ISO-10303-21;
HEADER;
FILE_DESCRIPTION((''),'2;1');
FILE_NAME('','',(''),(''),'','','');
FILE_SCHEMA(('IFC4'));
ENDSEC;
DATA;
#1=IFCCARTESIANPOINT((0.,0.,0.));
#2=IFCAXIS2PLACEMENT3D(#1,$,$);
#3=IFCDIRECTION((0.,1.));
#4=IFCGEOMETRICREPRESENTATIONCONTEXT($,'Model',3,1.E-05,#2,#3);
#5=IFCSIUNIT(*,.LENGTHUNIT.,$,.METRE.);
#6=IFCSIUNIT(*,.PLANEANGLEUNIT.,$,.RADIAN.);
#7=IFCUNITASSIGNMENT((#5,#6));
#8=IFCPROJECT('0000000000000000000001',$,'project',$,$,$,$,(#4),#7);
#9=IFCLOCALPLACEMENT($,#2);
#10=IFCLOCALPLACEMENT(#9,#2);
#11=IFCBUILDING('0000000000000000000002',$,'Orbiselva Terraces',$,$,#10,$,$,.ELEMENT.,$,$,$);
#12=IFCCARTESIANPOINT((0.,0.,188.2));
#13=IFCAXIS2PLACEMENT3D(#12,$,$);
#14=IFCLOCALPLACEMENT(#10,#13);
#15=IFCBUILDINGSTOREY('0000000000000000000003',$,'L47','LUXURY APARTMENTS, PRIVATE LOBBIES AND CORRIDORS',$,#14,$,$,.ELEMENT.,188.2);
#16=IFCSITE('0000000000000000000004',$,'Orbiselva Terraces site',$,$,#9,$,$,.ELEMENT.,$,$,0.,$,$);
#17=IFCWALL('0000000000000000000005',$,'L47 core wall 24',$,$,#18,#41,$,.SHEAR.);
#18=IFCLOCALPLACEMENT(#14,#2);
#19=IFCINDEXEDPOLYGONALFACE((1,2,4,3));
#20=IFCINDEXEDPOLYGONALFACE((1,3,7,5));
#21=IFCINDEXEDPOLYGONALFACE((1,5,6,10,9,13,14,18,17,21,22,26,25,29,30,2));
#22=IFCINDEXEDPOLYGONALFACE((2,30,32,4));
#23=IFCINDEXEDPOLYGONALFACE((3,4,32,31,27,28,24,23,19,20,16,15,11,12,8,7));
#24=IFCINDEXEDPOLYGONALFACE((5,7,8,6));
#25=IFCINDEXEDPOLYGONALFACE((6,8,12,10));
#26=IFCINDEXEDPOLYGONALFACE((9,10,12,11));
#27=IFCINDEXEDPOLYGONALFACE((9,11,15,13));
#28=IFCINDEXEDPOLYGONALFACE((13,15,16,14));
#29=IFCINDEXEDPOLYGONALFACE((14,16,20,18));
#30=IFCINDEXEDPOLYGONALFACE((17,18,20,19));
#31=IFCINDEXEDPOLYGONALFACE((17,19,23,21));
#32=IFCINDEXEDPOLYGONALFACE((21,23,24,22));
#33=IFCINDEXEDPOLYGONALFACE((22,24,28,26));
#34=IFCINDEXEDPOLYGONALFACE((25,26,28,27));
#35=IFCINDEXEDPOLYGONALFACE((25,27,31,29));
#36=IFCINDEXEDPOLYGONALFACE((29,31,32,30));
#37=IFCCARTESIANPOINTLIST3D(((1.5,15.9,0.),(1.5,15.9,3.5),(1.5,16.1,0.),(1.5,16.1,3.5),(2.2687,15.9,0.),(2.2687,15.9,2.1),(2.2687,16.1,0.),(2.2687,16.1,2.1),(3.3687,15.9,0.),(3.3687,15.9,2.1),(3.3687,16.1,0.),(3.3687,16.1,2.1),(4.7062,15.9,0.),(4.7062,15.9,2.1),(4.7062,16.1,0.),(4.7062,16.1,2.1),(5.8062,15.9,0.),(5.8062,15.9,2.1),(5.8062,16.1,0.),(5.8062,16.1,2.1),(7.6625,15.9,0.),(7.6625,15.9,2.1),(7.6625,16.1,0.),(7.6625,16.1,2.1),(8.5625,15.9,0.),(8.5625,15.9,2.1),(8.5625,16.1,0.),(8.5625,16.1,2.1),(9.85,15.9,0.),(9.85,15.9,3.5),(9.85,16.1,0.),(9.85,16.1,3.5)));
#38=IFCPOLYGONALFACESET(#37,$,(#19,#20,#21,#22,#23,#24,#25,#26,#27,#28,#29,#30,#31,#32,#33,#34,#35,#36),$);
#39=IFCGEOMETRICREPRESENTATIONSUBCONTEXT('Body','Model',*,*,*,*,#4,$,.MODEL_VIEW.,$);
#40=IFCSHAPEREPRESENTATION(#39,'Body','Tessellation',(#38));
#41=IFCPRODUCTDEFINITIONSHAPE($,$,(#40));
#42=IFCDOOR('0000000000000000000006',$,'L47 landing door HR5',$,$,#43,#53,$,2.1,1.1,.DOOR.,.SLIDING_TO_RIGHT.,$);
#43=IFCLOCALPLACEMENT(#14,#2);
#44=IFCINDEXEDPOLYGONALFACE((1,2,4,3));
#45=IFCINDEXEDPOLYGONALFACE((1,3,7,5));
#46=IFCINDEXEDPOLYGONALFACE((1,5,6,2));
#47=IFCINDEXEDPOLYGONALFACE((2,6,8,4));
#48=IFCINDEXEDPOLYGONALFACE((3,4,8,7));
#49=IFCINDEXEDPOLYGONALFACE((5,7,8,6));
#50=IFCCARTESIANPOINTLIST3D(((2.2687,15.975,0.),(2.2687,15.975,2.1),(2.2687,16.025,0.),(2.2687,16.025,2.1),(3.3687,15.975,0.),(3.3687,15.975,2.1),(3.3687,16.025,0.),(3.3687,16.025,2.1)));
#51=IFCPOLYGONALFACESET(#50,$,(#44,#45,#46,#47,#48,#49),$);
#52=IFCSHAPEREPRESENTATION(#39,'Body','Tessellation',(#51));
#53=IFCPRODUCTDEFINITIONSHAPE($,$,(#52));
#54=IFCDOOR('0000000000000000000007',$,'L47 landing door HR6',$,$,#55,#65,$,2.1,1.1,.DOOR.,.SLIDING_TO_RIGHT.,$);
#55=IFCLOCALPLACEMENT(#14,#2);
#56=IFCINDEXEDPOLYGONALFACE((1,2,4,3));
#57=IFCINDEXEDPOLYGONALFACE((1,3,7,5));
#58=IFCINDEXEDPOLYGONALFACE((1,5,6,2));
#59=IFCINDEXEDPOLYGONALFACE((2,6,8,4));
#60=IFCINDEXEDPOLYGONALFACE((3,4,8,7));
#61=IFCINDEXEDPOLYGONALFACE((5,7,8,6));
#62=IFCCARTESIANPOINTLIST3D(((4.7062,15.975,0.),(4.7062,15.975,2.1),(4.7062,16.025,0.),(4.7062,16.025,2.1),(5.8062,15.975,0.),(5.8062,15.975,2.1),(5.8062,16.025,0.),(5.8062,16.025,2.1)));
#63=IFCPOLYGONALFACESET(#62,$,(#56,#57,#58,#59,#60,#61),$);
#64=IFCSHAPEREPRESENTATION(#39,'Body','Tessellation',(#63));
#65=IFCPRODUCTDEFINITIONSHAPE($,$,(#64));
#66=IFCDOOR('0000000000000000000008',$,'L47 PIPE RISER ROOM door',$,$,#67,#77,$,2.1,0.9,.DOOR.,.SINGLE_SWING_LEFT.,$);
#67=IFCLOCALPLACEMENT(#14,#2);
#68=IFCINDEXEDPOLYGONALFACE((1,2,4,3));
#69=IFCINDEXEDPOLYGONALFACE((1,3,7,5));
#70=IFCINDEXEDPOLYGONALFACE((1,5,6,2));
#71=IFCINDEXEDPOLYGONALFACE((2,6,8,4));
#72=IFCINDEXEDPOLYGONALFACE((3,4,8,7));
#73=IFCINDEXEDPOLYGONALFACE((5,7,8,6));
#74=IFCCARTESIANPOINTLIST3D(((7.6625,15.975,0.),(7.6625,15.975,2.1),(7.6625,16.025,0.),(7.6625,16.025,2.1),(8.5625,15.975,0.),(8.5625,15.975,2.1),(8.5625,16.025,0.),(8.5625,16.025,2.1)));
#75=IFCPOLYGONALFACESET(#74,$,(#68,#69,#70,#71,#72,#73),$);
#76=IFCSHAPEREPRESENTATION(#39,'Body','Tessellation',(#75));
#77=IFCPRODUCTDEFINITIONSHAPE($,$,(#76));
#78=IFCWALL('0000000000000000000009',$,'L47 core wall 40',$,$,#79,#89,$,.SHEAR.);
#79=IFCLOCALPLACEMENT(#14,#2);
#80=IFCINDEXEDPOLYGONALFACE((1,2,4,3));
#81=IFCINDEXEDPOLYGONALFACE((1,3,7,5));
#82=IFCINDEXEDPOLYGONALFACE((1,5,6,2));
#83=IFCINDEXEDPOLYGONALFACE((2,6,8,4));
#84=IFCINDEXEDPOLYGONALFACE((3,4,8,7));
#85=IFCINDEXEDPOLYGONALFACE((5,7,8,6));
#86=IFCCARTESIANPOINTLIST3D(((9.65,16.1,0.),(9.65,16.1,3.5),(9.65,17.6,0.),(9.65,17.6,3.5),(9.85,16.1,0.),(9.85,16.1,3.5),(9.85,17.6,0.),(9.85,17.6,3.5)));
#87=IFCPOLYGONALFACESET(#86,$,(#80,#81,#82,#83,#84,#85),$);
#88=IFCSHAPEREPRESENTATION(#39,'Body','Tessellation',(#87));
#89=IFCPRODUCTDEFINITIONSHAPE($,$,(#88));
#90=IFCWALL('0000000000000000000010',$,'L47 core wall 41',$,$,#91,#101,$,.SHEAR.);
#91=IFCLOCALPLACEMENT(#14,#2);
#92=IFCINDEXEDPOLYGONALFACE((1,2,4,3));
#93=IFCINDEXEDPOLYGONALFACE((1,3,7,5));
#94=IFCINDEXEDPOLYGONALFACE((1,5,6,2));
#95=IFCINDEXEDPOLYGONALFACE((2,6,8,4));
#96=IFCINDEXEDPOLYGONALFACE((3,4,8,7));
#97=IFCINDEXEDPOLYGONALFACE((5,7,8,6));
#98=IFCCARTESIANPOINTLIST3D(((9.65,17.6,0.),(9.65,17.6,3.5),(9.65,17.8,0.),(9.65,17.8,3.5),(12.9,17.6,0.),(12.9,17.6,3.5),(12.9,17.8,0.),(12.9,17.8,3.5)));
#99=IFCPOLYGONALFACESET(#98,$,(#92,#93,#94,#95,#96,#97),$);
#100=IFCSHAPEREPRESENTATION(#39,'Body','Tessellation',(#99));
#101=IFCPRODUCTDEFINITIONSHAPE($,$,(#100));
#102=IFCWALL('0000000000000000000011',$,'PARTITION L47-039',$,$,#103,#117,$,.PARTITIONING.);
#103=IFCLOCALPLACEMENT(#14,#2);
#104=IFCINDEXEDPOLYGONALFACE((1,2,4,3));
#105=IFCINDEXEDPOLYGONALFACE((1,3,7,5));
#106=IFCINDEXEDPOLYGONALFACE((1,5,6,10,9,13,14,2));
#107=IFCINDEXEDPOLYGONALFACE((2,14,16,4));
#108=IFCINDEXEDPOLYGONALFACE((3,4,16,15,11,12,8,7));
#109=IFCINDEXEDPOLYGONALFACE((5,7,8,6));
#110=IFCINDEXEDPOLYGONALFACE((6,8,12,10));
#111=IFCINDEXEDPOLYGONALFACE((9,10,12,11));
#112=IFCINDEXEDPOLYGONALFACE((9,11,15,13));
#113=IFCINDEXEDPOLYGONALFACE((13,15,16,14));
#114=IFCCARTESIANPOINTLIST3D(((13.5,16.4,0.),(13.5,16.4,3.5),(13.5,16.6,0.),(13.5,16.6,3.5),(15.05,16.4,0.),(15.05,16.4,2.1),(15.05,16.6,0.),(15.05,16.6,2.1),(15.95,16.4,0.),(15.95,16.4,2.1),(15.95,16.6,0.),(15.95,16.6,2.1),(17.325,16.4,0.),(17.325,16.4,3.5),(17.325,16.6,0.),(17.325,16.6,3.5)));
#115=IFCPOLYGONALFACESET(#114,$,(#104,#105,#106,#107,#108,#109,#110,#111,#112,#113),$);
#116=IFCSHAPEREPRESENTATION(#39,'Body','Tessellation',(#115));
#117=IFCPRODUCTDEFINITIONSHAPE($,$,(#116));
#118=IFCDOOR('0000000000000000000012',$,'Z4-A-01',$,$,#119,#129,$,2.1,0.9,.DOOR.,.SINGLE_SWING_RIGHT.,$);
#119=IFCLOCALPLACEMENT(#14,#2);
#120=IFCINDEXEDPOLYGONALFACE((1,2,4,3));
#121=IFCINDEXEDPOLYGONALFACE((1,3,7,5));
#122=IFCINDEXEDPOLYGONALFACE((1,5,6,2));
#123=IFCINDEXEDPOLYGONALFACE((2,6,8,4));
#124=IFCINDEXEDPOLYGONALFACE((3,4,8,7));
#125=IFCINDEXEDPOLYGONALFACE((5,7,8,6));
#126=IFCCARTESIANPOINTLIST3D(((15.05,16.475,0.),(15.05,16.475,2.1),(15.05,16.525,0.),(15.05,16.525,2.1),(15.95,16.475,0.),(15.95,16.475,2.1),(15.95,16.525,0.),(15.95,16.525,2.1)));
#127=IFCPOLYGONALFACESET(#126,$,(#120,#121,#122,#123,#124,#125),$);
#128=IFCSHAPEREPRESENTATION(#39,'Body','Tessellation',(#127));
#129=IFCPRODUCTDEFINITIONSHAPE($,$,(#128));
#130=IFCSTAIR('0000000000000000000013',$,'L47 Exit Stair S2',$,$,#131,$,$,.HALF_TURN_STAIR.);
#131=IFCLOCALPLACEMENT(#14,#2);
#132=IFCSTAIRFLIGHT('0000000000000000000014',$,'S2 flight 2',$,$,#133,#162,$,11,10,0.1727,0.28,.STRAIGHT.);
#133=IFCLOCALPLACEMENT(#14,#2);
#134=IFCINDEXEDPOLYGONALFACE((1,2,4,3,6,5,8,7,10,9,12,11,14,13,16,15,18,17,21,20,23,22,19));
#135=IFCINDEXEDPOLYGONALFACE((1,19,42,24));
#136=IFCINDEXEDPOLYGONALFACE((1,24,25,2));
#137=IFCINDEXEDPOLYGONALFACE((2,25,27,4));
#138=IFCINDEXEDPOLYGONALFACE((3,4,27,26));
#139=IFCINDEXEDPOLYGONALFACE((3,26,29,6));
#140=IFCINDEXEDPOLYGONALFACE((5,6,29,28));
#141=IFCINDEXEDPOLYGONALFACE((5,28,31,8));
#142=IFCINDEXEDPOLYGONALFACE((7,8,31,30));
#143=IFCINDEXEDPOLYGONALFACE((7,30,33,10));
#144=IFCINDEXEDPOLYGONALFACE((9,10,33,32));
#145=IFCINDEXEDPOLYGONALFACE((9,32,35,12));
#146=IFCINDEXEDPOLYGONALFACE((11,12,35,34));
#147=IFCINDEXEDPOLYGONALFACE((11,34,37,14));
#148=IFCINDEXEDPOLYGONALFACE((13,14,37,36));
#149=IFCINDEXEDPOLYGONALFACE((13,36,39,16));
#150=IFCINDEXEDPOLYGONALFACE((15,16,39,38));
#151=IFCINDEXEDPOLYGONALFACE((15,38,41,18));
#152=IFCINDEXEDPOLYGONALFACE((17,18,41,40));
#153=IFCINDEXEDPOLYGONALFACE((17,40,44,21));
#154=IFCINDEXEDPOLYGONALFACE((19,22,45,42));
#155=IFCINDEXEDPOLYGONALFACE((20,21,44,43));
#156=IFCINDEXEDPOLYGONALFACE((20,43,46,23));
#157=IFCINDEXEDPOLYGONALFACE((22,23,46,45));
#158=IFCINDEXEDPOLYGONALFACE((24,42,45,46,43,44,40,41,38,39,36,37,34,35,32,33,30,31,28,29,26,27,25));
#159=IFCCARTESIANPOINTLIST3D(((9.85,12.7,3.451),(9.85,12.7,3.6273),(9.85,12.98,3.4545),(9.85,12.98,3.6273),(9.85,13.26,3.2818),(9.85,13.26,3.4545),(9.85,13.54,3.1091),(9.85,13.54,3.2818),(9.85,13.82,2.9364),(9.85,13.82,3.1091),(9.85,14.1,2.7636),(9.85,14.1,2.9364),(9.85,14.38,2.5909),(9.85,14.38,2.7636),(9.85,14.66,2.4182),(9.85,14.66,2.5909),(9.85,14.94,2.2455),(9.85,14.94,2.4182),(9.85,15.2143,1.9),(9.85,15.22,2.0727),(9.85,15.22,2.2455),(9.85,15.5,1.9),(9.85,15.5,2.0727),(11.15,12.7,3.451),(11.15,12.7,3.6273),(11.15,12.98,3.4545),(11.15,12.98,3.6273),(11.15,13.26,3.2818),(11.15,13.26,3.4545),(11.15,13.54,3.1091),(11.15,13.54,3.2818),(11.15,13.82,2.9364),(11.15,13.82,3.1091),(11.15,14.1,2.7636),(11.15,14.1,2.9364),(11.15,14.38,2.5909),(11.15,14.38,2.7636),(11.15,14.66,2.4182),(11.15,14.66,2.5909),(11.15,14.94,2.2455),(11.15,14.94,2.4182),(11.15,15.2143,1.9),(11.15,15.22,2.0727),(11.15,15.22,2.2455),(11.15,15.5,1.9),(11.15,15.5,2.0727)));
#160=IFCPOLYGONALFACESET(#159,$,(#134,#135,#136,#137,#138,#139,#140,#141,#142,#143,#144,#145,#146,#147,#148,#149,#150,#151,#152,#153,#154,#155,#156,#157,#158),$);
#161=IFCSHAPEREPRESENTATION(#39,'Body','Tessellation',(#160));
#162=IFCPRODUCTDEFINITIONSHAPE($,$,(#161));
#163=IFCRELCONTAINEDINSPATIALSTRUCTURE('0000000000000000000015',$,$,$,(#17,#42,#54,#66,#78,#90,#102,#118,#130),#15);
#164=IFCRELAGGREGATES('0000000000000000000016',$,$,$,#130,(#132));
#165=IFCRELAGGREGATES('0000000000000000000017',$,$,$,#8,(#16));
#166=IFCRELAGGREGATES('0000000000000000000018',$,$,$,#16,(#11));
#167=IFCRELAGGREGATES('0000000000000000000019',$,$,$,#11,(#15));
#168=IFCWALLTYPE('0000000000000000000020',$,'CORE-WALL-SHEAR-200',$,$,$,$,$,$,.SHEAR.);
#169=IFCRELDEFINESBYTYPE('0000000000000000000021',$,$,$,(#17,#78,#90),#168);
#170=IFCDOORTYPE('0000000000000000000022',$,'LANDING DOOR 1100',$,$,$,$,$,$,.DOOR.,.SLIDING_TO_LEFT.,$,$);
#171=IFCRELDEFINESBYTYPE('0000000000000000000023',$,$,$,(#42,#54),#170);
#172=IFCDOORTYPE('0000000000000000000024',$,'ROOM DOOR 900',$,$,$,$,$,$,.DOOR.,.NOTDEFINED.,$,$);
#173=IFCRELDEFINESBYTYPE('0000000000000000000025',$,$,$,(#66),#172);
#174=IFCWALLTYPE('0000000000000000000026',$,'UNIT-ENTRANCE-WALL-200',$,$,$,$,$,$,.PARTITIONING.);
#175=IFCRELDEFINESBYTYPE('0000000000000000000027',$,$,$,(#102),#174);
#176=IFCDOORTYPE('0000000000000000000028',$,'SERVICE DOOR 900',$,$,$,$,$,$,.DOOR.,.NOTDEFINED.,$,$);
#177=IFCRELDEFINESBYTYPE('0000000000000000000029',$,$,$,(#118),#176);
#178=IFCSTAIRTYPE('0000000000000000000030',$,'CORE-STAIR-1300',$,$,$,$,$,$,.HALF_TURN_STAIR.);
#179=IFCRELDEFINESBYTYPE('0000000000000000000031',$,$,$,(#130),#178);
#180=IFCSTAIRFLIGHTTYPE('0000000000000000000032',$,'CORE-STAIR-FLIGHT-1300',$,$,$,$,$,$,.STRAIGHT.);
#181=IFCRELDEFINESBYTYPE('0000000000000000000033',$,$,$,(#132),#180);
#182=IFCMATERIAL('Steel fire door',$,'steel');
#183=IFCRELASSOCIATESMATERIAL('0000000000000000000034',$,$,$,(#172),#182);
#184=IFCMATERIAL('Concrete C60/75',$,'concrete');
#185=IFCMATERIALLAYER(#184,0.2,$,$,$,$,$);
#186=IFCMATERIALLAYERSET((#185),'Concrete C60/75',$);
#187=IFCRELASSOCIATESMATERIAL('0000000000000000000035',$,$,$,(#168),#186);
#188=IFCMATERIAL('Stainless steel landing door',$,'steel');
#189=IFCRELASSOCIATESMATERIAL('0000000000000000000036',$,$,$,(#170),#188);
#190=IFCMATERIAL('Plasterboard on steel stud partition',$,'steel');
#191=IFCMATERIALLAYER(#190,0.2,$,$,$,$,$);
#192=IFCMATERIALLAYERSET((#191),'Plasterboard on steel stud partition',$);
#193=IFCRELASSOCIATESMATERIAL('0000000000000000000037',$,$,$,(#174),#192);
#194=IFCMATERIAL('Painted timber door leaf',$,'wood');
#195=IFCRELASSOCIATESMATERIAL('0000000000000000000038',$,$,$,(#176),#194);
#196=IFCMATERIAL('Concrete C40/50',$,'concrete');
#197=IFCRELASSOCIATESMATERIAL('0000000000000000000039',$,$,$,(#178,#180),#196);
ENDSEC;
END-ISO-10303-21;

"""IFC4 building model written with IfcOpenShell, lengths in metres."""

from ifc_helpers import new_model, si_unit, direction, frame, frame_2d, origin, place, context, subcontext, project, spatial, polyline, rectangle, outline, extrude, material, layer, layer_set, type_object, element, fill, aggregate, save


model = new_model("IFC4")

# Units and contexts
model_context = context("Model", 3, precision=1e-05, world=origin(), true_north=direction((0.0, 1.0)))
body_context = subcontext(model_context, "Body", "Model", "MODEL_VIEW")
ifc_project = project(units=[si_unit("LENGTHUNIT", "METRE"), si_unit("PLANEANGLEUNIT", "RADIAN")], contexts=[model_context])

# Site, building, storey
site_placement = place(None, origin())
site = spatial("IfcSite", under=ifc_project, at=site_placement, Name="Orbiselva Terraces site", CompositionType="ELEMENT", RefElevation=0.0)
building_placement = place(site_placement, origin())
building = spatial("IfcBuilding", under=site, at=building_placement, Name="Orbiselva Terraces", CompositionType="ELEMENT")
storey_placement = place(building_placement, frame((0.0, 0.0, 188.2)))
storey = spatial("IfcBuildingStorey", under=building, at=storey_placement, Name="L47", Description="LUXURY APARTMENTS, PRIVATE LOBBIES AND CORRIDORS", CompositionType="ELEMENT", Elevation=188.2)

# Shared definitions
ifc_material_1 = material(Name="Steel fire door", Category="steel")
door_type_1 = type_object("IfcDoorType", Name="ROOM DOOR 900", OperationType="NOTDEFINED", PredefinedType="DOOR", material=ifc_material_1)

# Shared definitions
ifc_material_2 = material(Name="Concrete C40/50", Category="concrete")
ifc_material_3 = material(Name="Concrete C60/75", Category="concrete")
ifc_layer_1 = layer(ifc_material_3, 0.2)
ifc_layer_set_1 = layer_set([ifc_layer_1], Name="Concrete C60/75")
wall_type_1 = type_object("IfcWallType", Name="CORE-WALL-SHEAR-200", PredefinedType="SHEAR", material=ifc_layer_set_1)

# Wall, openings, doors
wall_1_placement = place(storey_placement, frame((9.85, 16.0, 0.0), z_axis=(0.0, 0.0, 1.0), x_axis=(-1.0, 0.0, 0.0)))
wall_1 = element("IfcWall", 1, at=wall_1_placement, inside=storey, type_object=wall_type_1, Name="L47 core wall 24", PredefinedType="SHEAR", context=body_context, shape_type="SweptSolid", body=[
    extrude(rectangle(XDim=8.35, YDim=0.2, at=frame_2d((4.175, 0.0))), origin(), (0.0, 0.0, 1.0), 3.5),
])
opening_1_placement = place(wall_1_placement, frame((6.4813, 0.0, 0.0)))
opening_1 = element("IfcOpeningElement", 2, at=opening_1_placement, cuts=wall_1, PredefinedType="OPENING", context=body_context, shape_type="SweptSolid", body=[
    extrude(rectangle(XDim=1.1, YDim=2.1, at=frame_2d((0.55, 1.05))), frame((0.0, 0.11, 0.0), z_axis=(0.0, -1.0, 0.0), x_axis=(1.0, 0.0, 0.0)), (0.0, 0.0, 1.0), 0.22),
])
opening_2_placement = place(wall_1_placement, frame((4.0438, 0.0, 0.0)))
opening_2 = element("IfcOpeningElement", 3, at=opening_2_placement, cuts=wall_1, PredefinedType="OPENING", context=body_context, shape_type="SweptSolid", body=[
    extrude(rectangle(XDim=1.1, YDim=2.1, at=frame_2d((0.55, 1.05))), frame((0.0, 0.11, 0.0), z_axis=(0.0, -1.0, 0.0), x_axis=(1.0, 0.0, 0.0)), (0.0, 0.0, 1.0), 0.22),
])
opening_3_placement = place(wall_1_placement, frame((1.2875, 0.0, 0.0)))
opening_3 = element("IfcOpeningElement", 4, at=opening_3_placement, cuts=wall_1, PredefinedType="OPENING", context=body_context, shape_type="SweptSolid", body=[
    extrude(rectangle(XDim=0.9, YDim=2.1, at=frame_2d((0.45, 1.05))), frame((0.0, 0.11, 0.0), z_axis=(0.0, -1.0, 0.0), x_axis=(1.0, 0.0, 0.0)), (0.0, 0.0, 1.0), 0.22),
])
ifc_material_4 = material(Name="Stainless steel landing door", Category="steel")
door_type_2 = type_object("IfcDoorType", Name="LANDING DOOR 1100", OperationType="SLIDING_TO_LEFT", PredefinedType="DOOR", material=ifc_material_4)
door_1_placement = place(opening_1_placement, origin())
door_1 = element("IfcDoor", 5, at=door_1_placement, inside=storey, type_object=door_type_2, Name="L47 landing door HR5", OperationType="SLIDING_TO_RIGHT", OverallHeight=2.1, OverallWidth=1.1, PredefinedType="DOOR", context=body_context, shape_type="SweptSolid", body=[
    extrude(rectangle(XDim=1.1, YDim=2.1, at=frame_2d((0.55, 1.05))), frame((0.0, 0.025, 0.0), z_axis=(0.0, -1.0, 0.0), x_axis=(1.0, 0.0, 0.0)), (0.0, 0.0, 1.0), 0.05),
])
fill(opening_1, door_1)
door_2_placement = place(opening_2_placement, origin())
door_2 = element("IfcDoor", 6, at=door_2_placement, inside=storey, type_object=door_type_2, Name="L47 landing door HR6", OperationType="SLIDING_TO_RIGHT", OverallHeight=2.1, OverallWidth=1.1, PredefinedType="DOOR", context=body_context, shape_type="SweptSolid", body=[
    extrude(rectangle(XDim=1.1, YDim=2.1, at=frame_2d((0.55, 1.05))), frame((0.0, 0.025, 0.0), z_axis=(0.0, -1.0, 0.0), x_axis=(1.0, 0.0, 0.0)), (0.0, 0.0, 1.0), 0.05),
])
fill(opening_2, door_2)
door_3_placement = place(opening_3_placement, origin())
door_3 = element("IfcDoor", 7, at=door_3_placement, inside=storey, type_object=door_type_1, Name="L47 PIPE RISER ROOM door", OperationType="SINGLE_SWING_LEFT", OverallHeight=2.1, OverallWidth=0.9, PredefinedType="DOOR", context=body_context, shape_type="SweptSolid", body=[
    extrude(rectangle(XDim=0.9, YDim=2.1, at=frame_2d((0.45, 1.05))), frame((0.0, 0.025, 0.0), z_axis=(0.0, -1.0, 0.0), x_axis=(1.0, 0.0, 0.0)), (0.0, 0.0, 1.0), 0.05),
])
fill(opening_3, door_3)

# Walls
wall_2_placement = place(storey_placement, frame((9.75, 16.1, 0.0), z_axis=(0.0, 0.0, 1.0), x_axis=(0.0, 1.0, 0.0)))
element("IfcWall", 8, at=wall_2_placement, inside=storey, type_object=wall_type_1, Name="L47 core wall 40", PredefinedType="SHEAR", context=body_context, shape_type="SweptSolid", body=[
    extrude(rectangle(XDim=1.5, YDim=0.2, at=frame_2d((0.75, 0.0))), origin(), (0.0, 0.0, 1.0), 3.5),
])
wall_3_placement = place(storey_placement, frame((9.65, 17.7, 0.0), z_axis=(0.0, 0.0, 1.0), x_axis=(1.0, 0.0, 0.0)))
element("IfcWall", 9, at=wall_3_placement, inside=storey, type_object=wall_type_1, Name="L47 core wall 41", PredefinedType="SHEAR", context=body_context, shape_type="SweptSolid", body=[
    extrude(rectangle(XDim=3.25, YDim=0.2, at=frame_2d((1.625, 0.0))), origin(), (0.0, 0.0, 1.0), 3.5),
])

# Wall, opening, door
ifc_material_5 = material(Name="Plasterboard on steel stud partition", Category="steel")
ifc_layer_2 = layer(ifc_material_5, 0.2)
ifc_layer_set_2 = layer_set([ifc_layer_2], Name="Plasterboard on steel stud partition")
wall_type_2 = type_object("IfcWallType", Name="UNIT-ENTRANCE-WALL-200", PredefinedType="PARTITIONING", material=ifc_layer_set_2)
wall_4_placement = place(storey_placement, frame((13.5, 16.5, 0.0), z_axis=(0.0, 0.0, 1.0), x_axis=(1.0, 0.0, 0.0)))
wall_4 = element("IfcWall", 10, at=wall_4_placement, inside=storey, type_object=wall_type_2, Name="PARTITION L47-039", PredefinedType="PARTITIONING", context=body_context, shape_type="SweptSolid", body=[
    extrude(rectangle(XDim=3.825, YDim=0.2, at=frame_2d((1.9125, 0.0))), origin(), (0.0, 0.0, 1.0), 3.5),
])
opening_4_placement = place(wall_4_placement, frame((1.55, 0.0, 0.0)))
opening_4 = element("IfcOpeningElement", 11, at=opening_4_placement, cuts=wall_4, PredefinedType="OPENING", context=body_context, shape_type="SweptSolid", body=[
    extrude(rectangle(XDim=0.9, YDim=2.1, at=frame_2d((0.45, 1.05))), frame((0.0, 0.11, 0.0), z_axis=(0.0, -1.0, 0.0), x_axis=(1.0, 0.0, 0.0)), (0.0, 0.0, 1.0), 0.22),
])
ifc_material_6 = material(Name="Painted timber door leaf", Category="wood")
door_type_3 = type_object("IfcDoorType", Name="SERVICE DOOR 900", OperationType="NOTDEFINED", PredefinedType="DOOR", material=ifc_material_6)
door_4_placement = place(opening_4_placement, origin())
door_4 = element("IfcDoor", 12, at=door_4_placement, inside=storey, type_object=door_type_3, Name="Z4-A-01", OperationType="SINGLE_SWING_RIGHT", OverallHeight=2.1, OverallWidth=0.9, PredefinedType="DOOR", context=body_context, shape_type="SweptSolid", body=[
    extrude(rectangle(XDim=0.9, YDim=2.1, at=frame_2d((0.45, 1.05))), frame((0.0, 0.025, 0.0), z_axis=(0.0, -1.0, 0.0), x_axis=(1.0, 0.0, 0.0)), (0.0, 0.0, 1.0), 0.05),
])
fill(opening_4, door_4)

# Stair, stair flight
stair_type = type_object("IfcStairType", Name="CORE-STAIR-1300", PredefinedType="HALF_TURN_STAIR", material=ifc_material_2)
stair_placement = place(storey_placement, origin())
stair = element("IfcStair", 13, at=stair_placement, inside=storey, type_object=stair_type, Name="L47 Exit Stair S2", PredefinedType="HALF_TURN_STAIR")
stair_flight_type = type_object("IfcStairFlightType", Name="CORE-STAIR-FLIGHT-1300", PredefinedType="STRAIGHT", material=ifc_material_2)
stair_flight_placement = place(storey_placement, frame((10.5, 15.5, 1.9), z_axis=(0.0, 0.0, 1.0), x_axis=(0.0, -1.0, 0.0)))
stair_flight = element("IfcStairFlight", 14, at=stair_flight_placement, type_object=stair_flight_type, Name="S2 flight 2", NumberOfRisers=11, NumberOfTreads=10, PredefinedType="STRAIGHT", RiserHeight=0.1727, TreadLength=0.28, context=body_context, shape_type="SweptSolid", body=[
    extrude(outline(polyline([(0.0, 0.0), (0.0, 0.1727), (0.28, 0.1727), (0.28, 0.3455), (0.56, 0.3455), (0.56, 0.5182), (0.84, 0.5182), (0.84, 0.6909), (1.12, 0.6909), (1.12, 0.8636), (1.4, 0.8636), (1.4, 1.0364), (1.68, 1.0364), (1.68, 1.2091), (1.96, 1.2091), (1.96, 1.3818), (2.24, 1.3818), (2.24, 1.5545), (2.52, 1.5545), (2.52, 1.7273), (2.8, 1.7273), (2.8, 1.9), (2.8, 1.551), (0.2857, 0.0), (0.0, 0.0)])), frame((0.0, 0.65, 0.0), z_axis=(0.0, -1.0, 0.0), x_axis=(1.0, 0.0, 0.0)), (0.0, 0.0, 1.0), 1.3),
])
aggregate(stair, [stair_flight])

save(model, "model.ifc")
